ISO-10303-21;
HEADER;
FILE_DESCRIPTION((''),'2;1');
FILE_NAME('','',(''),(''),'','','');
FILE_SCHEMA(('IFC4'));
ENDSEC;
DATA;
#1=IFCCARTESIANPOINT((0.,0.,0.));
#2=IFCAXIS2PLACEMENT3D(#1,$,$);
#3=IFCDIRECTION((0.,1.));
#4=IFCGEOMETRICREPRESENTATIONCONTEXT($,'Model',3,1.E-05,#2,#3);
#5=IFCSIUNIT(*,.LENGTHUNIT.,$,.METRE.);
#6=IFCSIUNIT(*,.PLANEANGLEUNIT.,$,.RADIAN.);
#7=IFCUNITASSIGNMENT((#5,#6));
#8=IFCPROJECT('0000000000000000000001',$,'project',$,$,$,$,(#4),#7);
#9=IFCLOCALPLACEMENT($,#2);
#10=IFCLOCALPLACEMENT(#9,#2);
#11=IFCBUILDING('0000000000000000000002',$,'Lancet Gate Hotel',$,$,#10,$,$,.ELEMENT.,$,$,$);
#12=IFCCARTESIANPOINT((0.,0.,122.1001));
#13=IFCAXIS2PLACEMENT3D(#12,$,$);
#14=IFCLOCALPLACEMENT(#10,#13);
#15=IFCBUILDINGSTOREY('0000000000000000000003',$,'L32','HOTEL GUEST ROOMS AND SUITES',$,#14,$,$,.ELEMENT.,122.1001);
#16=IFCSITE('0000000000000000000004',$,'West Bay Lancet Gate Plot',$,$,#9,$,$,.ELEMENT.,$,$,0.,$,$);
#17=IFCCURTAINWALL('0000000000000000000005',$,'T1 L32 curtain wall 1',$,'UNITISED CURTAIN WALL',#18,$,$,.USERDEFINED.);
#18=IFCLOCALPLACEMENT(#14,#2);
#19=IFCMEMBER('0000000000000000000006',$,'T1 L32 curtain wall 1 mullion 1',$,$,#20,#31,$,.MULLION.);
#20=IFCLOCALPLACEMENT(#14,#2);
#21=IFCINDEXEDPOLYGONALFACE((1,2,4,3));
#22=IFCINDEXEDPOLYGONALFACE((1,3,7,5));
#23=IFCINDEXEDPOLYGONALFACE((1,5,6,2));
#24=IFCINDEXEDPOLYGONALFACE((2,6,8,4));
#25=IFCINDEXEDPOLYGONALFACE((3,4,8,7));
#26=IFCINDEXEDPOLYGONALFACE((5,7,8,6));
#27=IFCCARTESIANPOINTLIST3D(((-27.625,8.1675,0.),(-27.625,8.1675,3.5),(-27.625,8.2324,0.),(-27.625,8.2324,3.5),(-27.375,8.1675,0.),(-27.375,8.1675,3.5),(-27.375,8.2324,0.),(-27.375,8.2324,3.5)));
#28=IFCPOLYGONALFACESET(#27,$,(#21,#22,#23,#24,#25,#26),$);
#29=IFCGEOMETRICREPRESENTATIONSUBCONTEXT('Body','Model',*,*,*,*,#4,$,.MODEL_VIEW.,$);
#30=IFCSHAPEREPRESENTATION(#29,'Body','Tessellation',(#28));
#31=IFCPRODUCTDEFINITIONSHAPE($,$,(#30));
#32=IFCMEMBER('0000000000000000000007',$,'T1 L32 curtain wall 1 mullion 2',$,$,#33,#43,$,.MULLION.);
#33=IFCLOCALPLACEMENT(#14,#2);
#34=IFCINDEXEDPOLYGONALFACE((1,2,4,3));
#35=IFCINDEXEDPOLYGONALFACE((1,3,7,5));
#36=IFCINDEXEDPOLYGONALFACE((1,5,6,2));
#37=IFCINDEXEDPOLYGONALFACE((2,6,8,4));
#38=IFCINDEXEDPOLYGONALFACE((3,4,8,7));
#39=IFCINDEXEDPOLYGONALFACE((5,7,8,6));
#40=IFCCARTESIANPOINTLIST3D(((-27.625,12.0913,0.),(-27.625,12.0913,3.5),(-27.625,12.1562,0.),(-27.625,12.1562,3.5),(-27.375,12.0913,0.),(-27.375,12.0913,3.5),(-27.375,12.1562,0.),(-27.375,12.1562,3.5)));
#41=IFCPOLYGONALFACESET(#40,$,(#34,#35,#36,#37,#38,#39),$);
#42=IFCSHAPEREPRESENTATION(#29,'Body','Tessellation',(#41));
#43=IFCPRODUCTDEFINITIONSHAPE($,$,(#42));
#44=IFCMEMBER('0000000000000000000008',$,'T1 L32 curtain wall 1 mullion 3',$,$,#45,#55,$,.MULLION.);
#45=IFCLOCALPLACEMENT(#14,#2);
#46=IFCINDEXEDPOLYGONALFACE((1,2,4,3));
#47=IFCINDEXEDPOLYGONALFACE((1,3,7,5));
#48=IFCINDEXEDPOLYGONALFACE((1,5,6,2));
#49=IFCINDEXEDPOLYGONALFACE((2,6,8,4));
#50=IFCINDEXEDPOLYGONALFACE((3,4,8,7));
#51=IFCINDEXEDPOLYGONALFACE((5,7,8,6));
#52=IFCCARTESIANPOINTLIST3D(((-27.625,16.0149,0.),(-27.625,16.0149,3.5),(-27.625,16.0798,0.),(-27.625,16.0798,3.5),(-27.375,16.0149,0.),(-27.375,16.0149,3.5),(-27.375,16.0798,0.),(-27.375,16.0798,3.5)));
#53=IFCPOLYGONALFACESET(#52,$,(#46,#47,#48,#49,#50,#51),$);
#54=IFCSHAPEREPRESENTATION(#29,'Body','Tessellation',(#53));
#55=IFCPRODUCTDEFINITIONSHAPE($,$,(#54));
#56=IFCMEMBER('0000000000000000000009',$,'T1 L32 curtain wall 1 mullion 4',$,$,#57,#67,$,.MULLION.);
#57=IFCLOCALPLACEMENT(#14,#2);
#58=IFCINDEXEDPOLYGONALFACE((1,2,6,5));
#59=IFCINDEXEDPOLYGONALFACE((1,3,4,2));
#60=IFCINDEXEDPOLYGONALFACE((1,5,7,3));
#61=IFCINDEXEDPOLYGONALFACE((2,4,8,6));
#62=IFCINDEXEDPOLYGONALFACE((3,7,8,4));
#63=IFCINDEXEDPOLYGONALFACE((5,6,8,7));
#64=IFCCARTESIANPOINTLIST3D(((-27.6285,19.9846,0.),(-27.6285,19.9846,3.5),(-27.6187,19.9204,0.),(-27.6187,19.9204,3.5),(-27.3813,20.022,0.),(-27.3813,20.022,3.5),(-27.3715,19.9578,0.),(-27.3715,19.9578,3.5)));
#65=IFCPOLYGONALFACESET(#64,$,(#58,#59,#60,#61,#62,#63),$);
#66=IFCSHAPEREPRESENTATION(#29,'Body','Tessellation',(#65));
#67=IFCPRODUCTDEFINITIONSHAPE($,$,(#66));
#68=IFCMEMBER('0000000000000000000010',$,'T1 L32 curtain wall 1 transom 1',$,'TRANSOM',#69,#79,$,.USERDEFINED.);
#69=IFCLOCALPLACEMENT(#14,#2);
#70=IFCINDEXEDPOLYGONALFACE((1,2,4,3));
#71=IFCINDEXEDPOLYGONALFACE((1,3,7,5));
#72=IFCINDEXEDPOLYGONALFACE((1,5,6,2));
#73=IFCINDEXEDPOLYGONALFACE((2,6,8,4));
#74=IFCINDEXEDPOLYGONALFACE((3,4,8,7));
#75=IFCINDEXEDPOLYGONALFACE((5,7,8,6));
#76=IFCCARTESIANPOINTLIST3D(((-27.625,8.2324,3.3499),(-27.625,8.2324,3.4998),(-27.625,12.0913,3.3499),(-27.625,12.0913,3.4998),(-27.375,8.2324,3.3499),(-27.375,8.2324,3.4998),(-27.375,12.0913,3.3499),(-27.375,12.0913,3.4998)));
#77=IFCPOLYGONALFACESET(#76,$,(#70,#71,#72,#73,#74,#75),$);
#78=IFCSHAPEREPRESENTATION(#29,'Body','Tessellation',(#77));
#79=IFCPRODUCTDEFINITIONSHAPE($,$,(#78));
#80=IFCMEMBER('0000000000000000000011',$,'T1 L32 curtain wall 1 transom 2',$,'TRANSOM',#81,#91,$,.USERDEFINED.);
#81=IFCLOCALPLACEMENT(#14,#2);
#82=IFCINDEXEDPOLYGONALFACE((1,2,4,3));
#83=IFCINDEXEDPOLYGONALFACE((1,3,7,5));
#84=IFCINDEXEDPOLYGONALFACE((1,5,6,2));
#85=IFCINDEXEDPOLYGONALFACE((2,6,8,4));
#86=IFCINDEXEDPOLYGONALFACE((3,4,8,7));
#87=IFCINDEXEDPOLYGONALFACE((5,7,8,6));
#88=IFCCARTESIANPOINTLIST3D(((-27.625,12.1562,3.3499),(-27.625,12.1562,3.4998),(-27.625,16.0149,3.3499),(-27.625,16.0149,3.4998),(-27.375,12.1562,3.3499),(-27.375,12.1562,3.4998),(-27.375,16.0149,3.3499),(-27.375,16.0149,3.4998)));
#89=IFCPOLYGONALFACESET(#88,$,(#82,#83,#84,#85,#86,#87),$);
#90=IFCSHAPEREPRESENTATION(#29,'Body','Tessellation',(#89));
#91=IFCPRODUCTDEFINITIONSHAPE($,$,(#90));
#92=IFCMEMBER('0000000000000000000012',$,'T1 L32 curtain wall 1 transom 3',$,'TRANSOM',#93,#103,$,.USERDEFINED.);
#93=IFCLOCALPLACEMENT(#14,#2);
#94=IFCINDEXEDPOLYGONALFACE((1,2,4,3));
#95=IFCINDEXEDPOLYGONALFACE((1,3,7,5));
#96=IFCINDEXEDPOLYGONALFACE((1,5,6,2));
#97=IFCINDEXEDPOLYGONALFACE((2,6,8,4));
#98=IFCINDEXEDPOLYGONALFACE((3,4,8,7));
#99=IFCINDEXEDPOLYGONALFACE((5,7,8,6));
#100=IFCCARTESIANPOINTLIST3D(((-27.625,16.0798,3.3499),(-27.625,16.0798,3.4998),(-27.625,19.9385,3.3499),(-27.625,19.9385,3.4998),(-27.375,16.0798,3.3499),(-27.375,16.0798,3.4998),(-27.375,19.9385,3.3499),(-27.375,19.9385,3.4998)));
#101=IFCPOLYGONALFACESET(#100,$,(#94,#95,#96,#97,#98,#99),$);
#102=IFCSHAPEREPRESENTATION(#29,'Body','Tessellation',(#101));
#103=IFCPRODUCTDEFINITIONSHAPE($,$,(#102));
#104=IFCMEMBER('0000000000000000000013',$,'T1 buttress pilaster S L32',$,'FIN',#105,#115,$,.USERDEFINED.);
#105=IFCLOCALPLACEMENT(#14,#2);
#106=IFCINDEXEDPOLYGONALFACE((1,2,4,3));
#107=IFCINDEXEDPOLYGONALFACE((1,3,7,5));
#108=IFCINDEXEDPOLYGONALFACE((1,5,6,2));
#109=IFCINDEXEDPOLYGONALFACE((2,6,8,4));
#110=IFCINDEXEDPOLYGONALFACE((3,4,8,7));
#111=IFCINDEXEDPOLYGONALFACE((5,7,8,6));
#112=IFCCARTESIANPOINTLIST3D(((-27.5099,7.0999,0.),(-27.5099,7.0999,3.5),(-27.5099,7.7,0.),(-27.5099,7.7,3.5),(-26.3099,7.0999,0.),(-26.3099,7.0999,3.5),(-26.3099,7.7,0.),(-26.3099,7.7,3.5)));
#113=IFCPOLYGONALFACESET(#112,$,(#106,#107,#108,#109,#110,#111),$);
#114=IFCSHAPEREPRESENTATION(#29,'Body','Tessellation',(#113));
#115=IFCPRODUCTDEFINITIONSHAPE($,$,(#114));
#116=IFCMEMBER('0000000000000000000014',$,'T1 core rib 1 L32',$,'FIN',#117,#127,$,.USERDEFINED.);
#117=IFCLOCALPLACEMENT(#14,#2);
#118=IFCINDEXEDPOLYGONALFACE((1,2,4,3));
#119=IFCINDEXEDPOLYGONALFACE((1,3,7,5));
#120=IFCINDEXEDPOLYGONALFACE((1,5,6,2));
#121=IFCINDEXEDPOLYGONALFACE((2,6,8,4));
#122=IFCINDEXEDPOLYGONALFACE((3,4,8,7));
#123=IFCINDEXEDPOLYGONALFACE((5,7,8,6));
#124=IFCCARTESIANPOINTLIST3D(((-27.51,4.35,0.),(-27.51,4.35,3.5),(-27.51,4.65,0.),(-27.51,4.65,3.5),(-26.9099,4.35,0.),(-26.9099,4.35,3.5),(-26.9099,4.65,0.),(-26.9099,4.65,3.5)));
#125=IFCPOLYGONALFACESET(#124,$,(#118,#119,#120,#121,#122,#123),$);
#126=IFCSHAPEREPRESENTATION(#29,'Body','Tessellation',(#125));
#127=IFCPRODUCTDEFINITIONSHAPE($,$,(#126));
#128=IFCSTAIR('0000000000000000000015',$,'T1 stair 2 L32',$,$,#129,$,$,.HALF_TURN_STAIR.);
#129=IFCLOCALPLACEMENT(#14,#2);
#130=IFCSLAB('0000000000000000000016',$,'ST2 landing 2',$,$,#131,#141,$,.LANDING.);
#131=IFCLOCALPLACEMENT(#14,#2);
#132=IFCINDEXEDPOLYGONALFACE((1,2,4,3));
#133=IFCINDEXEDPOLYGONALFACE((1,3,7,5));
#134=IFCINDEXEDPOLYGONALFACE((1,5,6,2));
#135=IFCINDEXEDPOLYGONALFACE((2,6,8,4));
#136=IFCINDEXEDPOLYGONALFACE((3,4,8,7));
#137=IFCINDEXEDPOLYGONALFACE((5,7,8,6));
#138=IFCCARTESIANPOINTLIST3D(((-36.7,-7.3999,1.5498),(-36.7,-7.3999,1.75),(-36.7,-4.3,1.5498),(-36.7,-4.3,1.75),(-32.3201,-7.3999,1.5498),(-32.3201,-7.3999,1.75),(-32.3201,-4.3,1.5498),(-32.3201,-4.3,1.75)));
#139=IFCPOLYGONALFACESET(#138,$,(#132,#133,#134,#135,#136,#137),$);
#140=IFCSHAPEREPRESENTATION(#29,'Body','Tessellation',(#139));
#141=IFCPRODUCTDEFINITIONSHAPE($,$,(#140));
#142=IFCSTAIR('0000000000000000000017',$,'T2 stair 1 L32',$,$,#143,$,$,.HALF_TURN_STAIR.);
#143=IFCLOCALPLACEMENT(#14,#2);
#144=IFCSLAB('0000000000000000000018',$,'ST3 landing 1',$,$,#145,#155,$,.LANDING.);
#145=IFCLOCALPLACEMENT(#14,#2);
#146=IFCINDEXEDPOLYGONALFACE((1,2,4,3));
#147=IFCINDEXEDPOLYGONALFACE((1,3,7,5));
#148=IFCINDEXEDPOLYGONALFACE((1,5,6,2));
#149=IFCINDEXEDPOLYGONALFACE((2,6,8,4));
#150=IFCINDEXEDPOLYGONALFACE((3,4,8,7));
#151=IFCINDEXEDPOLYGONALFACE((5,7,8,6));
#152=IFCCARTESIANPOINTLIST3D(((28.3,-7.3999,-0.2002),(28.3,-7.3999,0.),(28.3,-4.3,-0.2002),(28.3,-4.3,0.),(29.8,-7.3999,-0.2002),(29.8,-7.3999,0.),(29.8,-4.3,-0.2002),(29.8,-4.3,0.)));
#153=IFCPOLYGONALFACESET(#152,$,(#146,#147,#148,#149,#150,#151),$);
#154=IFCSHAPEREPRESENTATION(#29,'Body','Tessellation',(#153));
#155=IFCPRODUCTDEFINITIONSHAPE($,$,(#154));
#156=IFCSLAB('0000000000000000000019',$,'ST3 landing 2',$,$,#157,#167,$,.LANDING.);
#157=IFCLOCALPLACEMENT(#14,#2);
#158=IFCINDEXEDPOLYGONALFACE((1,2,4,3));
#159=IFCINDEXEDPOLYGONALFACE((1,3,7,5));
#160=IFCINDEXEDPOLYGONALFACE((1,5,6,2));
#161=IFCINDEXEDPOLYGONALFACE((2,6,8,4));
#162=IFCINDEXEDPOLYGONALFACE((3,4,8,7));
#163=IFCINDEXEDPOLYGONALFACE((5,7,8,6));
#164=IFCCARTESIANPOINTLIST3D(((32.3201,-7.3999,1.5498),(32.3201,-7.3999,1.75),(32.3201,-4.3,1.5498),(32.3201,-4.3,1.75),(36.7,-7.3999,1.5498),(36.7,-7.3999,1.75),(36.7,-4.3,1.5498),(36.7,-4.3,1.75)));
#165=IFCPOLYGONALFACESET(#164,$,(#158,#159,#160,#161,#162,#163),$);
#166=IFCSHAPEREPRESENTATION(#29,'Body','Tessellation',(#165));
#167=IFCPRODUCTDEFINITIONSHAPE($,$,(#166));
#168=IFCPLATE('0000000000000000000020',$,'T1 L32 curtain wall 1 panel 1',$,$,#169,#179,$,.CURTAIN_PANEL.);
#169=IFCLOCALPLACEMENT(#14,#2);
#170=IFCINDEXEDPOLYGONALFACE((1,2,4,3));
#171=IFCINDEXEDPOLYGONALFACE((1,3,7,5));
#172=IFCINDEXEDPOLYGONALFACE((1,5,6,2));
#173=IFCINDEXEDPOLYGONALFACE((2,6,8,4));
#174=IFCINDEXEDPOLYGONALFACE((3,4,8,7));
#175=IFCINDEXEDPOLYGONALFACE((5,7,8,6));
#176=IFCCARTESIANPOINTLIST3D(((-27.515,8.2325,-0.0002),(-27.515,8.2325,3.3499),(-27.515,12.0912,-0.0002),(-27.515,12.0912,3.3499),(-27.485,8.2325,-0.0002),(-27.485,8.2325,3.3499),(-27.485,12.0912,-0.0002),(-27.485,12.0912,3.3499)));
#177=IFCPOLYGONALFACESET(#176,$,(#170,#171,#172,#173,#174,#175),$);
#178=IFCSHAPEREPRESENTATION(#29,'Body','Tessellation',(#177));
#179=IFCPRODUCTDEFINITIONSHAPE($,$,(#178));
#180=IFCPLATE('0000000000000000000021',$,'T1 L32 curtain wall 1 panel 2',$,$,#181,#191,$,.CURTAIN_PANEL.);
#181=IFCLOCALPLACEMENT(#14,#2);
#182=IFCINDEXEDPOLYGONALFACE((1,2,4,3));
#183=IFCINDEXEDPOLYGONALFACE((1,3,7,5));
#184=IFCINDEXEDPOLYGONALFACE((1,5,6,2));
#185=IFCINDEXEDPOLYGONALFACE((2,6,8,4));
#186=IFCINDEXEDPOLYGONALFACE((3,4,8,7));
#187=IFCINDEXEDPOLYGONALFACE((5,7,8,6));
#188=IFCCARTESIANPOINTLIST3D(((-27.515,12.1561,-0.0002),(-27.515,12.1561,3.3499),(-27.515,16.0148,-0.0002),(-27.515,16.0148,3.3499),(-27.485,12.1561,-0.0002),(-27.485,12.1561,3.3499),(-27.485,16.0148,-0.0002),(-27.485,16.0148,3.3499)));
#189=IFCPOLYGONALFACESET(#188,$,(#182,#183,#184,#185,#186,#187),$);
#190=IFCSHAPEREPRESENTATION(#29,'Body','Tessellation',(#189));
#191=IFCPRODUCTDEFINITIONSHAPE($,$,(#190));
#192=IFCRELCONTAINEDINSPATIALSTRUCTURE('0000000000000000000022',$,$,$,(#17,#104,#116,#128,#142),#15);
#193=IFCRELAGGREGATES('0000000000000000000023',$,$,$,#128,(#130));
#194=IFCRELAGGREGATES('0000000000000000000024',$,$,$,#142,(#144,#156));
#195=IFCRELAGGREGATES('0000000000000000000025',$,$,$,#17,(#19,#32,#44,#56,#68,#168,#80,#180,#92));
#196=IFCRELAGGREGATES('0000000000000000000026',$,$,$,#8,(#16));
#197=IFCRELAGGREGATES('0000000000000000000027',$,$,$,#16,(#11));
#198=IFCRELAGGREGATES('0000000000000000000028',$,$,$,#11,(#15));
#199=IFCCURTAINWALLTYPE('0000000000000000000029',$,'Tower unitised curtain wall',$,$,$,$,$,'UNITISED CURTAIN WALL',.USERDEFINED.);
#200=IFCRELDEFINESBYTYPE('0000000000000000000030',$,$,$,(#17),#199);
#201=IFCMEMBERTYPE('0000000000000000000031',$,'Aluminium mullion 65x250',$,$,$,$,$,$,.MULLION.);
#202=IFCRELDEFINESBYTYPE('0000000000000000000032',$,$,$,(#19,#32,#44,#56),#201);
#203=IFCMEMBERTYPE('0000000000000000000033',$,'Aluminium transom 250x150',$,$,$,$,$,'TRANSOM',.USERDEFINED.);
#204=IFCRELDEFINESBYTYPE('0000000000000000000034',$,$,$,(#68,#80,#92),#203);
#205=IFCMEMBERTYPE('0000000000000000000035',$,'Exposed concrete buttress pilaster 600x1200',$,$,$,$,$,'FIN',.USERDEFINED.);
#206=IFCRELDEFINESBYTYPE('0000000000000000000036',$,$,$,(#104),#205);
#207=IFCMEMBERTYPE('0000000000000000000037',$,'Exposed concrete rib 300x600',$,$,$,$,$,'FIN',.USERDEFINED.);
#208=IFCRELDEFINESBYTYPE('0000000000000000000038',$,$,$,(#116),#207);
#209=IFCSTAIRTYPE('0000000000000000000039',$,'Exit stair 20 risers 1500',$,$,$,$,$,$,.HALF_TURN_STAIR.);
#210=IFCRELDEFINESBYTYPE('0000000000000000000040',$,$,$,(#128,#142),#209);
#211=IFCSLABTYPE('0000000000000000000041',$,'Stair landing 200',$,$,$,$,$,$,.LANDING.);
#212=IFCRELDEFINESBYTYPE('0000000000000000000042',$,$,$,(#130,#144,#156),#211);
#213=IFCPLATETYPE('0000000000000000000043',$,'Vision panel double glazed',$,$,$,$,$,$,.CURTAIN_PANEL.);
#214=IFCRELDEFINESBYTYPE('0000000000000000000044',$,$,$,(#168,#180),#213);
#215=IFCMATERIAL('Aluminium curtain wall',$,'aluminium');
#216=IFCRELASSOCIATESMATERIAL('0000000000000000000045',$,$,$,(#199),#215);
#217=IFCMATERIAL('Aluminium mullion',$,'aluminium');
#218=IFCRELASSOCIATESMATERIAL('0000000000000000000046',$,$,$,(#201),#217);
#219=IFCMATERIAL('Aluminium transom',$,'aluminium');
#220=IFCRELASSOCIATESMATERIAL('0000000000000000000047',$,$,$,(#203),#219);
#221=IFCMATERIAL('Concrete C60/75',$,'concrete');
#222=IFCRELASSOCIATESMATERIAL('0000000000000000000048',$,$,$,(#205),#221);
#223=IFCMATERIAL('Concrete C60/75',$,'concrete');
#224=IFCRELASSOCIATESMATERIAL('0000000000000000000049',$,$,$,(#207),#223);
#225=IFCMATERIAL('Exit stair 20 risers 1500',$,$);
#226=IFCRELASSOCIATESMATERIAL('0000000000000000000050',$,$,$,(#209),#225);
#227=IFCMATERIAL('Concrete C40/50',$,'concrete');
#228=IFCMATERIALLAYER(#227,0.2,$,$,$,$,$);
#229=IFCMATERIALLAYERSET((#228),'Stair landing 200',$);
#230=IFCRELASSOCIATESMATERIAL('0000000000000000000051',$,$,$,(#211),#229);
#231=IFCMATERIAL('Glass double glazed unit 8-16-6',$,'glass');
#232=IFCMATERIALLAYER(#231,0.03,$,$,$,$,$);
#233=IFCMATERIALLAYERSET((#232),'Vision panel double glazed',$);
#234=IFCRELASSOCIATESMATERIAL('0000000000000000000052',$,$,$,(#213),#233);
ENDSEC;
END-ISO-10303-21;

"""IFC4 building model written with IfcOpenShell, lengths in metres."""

from ifc_helpers import new_model, si_unit, direction, frame, origin, origin_2d, place, context, subcontext, project, spatial, polyline, rectangle, outline, extrude, material, layer, layer_set, material_profile, profile_set, type_object, element, aggregate, save


model = new_model("IFC4")

# Units and contexts
model_context = context("Model", 3, precision=1e-05, world=origin(), true_north=direction((0.0, 1.0)))
body_context = subcontext(model_context, "Body", "Model", "MODEL_VIEW")
ifc_project = project(units=[si_unit("LENGTHUNIT", "METRE"), si_unit("PLANEANGLEUNIT", "RADIAN")], contexts=[model_context])

# Site, building, storey
site_placement = place(None, origin())
site = spatial("IfcSite", under=ifc_project, at=site_placement, Name="West Bay Lancet Gate Plot", CompositionType="ELEMENT", RefElevation=0.0)
building_placement = place(site_placement, origin())
building = spatial("IfcBuilding", under=site, at=building_placement, Name="Lancet Gate Hotel", CompositionType="ELEMENT")
storey_placement = place(building_placement, frame((0.0, 0.0, 122.1001)))
storey = spatial("IfcBuildingStorey", under=building, at=storey_placement, Name="L32", Description="HOTEL GUEST ROOMS AND SUITES", CompositionType="ELEMENT", Elevation=122.1001)

# Curtain wall, members
ifc_material_1 = material(Name="Aluminium curtain wall", Category="aluminium")
curtain_wall_type = type_object("IfcCurtainWallType", Name="Tower unitised curtain wall", ElementType="UNITISED CURTAIN WALL", PredefinedType="USERDEFINED", material=ifc_material_1)
curtain_wall_placement = place(storey_placement, origin())
curtain_wall = element("IfcCurtainWall", 1, at=curtain_wall_placement, inside=storey, type_object=curtain_wall_type, Name="T1 L32 curtain wall 1", ObjectType="UNITISED CURTAIN WALL", PredefinedType="USERDEFINED")
ifc_material_2 = material(Name="Aluminium mullion", Category="aluminium")
ifc_material_profile_1 = material_profile(ifc_material_2, rectangle(XDim=0.0649, YDim=0.25, at=origin_2d()), Name="MULLION 65x250")
ifc_profile_set_1 = profile_set([ifc_material_profile_1], Name="Aluminium mullion")
member_type_1 = type_object("IfcMemberType", Name="Aluminium mullion 65x250", PredefinedType="MULLION", material=ifc_profile_set_1)
member_1_placement = place(storey_placement, frame((-27.5, 8.2, 0.0), z_axis=(0.0, 0.0, 1.0), x_axis=(0.0, 1.0, 0.0)))
member_1 = element("IfcMember", 2, at=member_1_placement, type_object=member_type_1, Name="T1 L32 curtain wall 1 mullion 1", PredefinedType="MULLION", context=body_context, shape_type="SweptSolid", body=[
    extrude(rectangle(XDim=0.0649, YDim=0.25, at=origin_2d()), origin(), (0.0, 0.0, 1.0), 3.5),
])
member_2_placement = place(storey_placement, frame((-27.5, 12.1238, 0.0), z_axis=(0.0, 0.0, 1.0), x_axis=(0.0, 1.0, 0.0)))
member_2 = element("IfcMember", 3, at=member_2_placement, type_object=member_type_1, Name="T1 L32 curtain wall 1 mullion 2", PredefinedType="MULLION", context=body_context, shape_type="SweptSolid", body=[
    extrude(rectangle(XDim=0.0649, YDim=0.25, at=origin_2d()), origin(), (0.0, 0.0, 1.0), 3.5),
])
member_3_placement = place(storey_placement, frame((-27.5, 16.0474, 0.0), z_axis=(0.0, 0.0, 1.0), x_axis=(0.0, 1.0, 0.0)))
member_3 = element("IfcMember", 4, at=member_3_placement, type_object=member_type_1, Name="T1 L32 curtain wall 1 mullion 3", PredefinedType="MULLION", context=body_context, shape_type="SweptSolid", body=[
    extrude(rectangle(XDim=0.0649, YDim=0.25, at=origin_2d()), origin(), (0.0, 0.0, 1.0), 3.5),
])
member_4_placement = place(storey_placement, frame((-27.5, 19.9712, 0.0), z_axis=(0.0, 0.0, 1.0), x_axis=(-0.149634, 0.988741, 0.0)))
member_4 = element("IfcMember", 5, at=member_4_placement, type_object=member_type_1, Name="T1 L32 curtain wall 1 mullion 4", PredefinedType="MULLION", context=body_context, shape_type="SweptSolid", body=[
    extrude(rectangle(XDim=0.0649, YDim=0.25, at=origin_2d()), origin(), (0.0, 0.0, 1.0), 3.5),
])
ifc_material_3 = material(Name="Aluminium transom", Category="aluminium")
ifc_material_profile_2 = material_profile(ifc_material_3, rectangle(XDim=0.25, YDim=0.1499, at=origin_2d()), Name="TRANSOM 250x150")
ifc_profile_set_2 = profile_set([ifc_material_profile_2], Name="Aluminium transom")
member_type_2 = type_object("IfcMemberType", Name="Aluminium transom 250x150", ElementType="TRANSOM", PredefinedType="USERDEFINED", material=ifc_profile_set_2)
member_5_placement = place(storey_placement, frame((-27.5, 8.2324, 3.4248), z_axis=(0.0, 1.0, 0.0), x_axis=(-1.0, 0.0, 0.0)))
member_5 = element("IfcMember", 6, at=member_5_placement, type_object=member_type_2, Name="T1 L32 curtain wall 1 transom 1", ObjectType="TRANSOM", PredefinedType="USERDEFINED", context=body_context, shape_type="SweptSolid", body=[
    extrude(rectangle(XDim=0.25, YDim=0.1499, at=origin_2d()), origin(), (0.0, 0.0, 1.0), 3.8589),
])
member_6_placement = place(storey_placement, frame((-27.5, 12.1562, 3.4248), z_axis=(0.0, 1.0, 0.0), x_axis=(-1.0, 0.0, 0.0)))
member_6 = element("IfcMember", 7, at=member_6_placement, type_object=member_type_2, Name="T1 L32 curtain wall 1 transom 2", ObjectType="TRANSOM", PredefinedType="USERDEFINED", context=body_context, shape_type="SweptSolid", body=[
    extrude(rectangle(XDim=0.25, YDim=0.1499, at=origin_2d()), origin(), (0.0, 0.0, 1.0), 3.8586),
])
member_7_placement = place(storey_placement, frame((-27.5, 16.0798, 3.4248), z_axis=(0.0, 1.0, 0.0), x_axis=(-1.0, 0.0, 0.0)))
member_7 = element("IfcMember", 8, at=member_7_placement, type_object=member_type_2, Name="T1 L32 curtain wall 1 transom 3", ObjectType="TRANSOM", PredefinedType="USERDEFINED", context=body_context, shape_type="SweptSolid", body=[
    extrude(rectangle(XDim=0.25, YDim=0.1499, at=origin_2d()), origin(), (0.0, 0.0, 1.0), 3.8586),
])

# Members
ifc_material_4 = material(Name="Concrete C60/75", Category="concrete")
ifc_material_profile_3 = material_profile(ifc_material_4, rectangle(XDim=0.6001, YDim=1.2, at=origin_2d()), Name="FIN 600x1200")
ifc_profile_set_3 = profile_set([ifc_material_profile_3], Name="Concrete C60/75")
member_type_3 = type_object("IfcMemberType", Name="Exposed concrete buttress pilaster 600x1200", ElementType="FIN", PredefinedType="USERDEFINED", material=ifc_profile_set_3)
member_8_placement = place(storey_placement, frame((-26.9099, 7.3999, 0.0), z_axis=(0.0, 0.0, 1.0), x_axis=(0.0, 1.0, 0.0)))
element("IfcMember", 9, at=member_8_placement, inside=storey, type_object=member_type_3, Name="T1 buttress pilaster S L32", ObjectType="FIN", PredefinedType="USERDEFINED", context=body_context, shape_type="SweptSolid", body=[
    extrude(rectangle(XDim=0.6001, YDim=1.2, at=origin_2d()), origin(), (0.0, 0.0, 1.0), 3.5),
])
ifc_material_5 = material(Name="Concrete C60/75", Category="concrete")
ifc_material_profile_4 = material_profile(ifc_material_5, rectangle(XDim=0.3, YDim=0.6001, at=origin_2d()), Name="FIN 300x600")
ifc_profile_set_4 = profile_set([ifc_material_profile_4], Name="Concrete C60/75")
member_type_4 = type_object("IfcMemberType", Name="Exposed concrete rib 300x600", ElementType="FIN", PredefinedType="USERDEFINED", material=ifc_profile_set_4)
member_9_placement = place(storey_placement, frame((-27.21, 4.5, 0.0), z_axis=(0.0, 0.0, 1.0), x_axis=(0.0, 1.0, 0.0)))
element("IfcMember", 10, at=member_9_placement, inside=storey, type_object=member_type_4, Name="T1 core rib 1 L32", ObjectType="FIN", PredefinedType="USERDEFINED", context=body_context, shape_type="SweptSolid", body=[
    extrude(rectangle(XDim=0.3, YDim=0.6001, at=origin_2d()), origin(), (0.0, 0.0, 1.0), 3.5),
])

# Stair, slab
ifc_material_6 = material(Name="Exit stair 20 risers 1500")
stair_type = type_object("IfcStairType", Name="Exit stair 20 risers 1500", PredefinedType="HALF_TURN_STAIR", material=ifc_material_6)
stair_1_placement = place(storey_placement, origin())
stair_1 = element("IfcStair", 11, at=stair_1_placement, inside=storey, type_object=stair_type, Name="T1 stair 2 L32", PredefinedType="HALF_TURN_STAIR")
ifc_material_7 = material(Name="Concrete C40/50", Category="concrete")
ifc_layer_1 = layer(ifc_material_7, 0.2)
ifc_layer_set_1 = layer_set([ifc_layer_1], Name="Stair landing 200")
slab_type = type_object("IfcSlabType", Name="Stair landing 200", PredefinedType="LANDING", material=ifc_layer_set_1)
slab_1_placement = place(storey_placement, frame((0.0, 0.0, 1.5498)))
slab_1 = element("IfcSlab", 12, at=slab_1_placement, type_object=slab_type, Name="ST2 landing 2", PredefinedType="LANDING", context=body_context, shape_type="SweptSolid", body=[
    extrude(outline(polyline([(-32.3201, -4.3), (-36.7, -4.3), (-36.7, -7.3999), (-32.3201, -7.3999), (-32.3201, -4.3)])), origin(), (0.0, 0.0, 1.0), 0.2002),
])
aggregate(stair_1, [slab_1])

# Stair, slabs
stair_2_placement = place(storey_placement, origin())
stair_2 = element("IfcStair", 13, at=stair_2_placement, inside=storey, type_object=stair_type, Name="T2 stair 1 L32", PredefinedType="HALF_TURN_STAIR")
slab_2_placement = place(storey_placement, frame((0.0, 0.0, -0.2002)))
slab_2 = element("IfcSlab", 14, at=slab_2_placement, type_object=slab_type, Name="ST3 landing 1", PredefinedType="LANDING", context=body_context, shape_type="SweptSolid", body=[
    extrude(outline(polyline([(28.3, -7.3999), (29.8, -7.3999), (29.8, -4.3), (28.3, -4.3), (28.3, -7.3999)])), origin(), (0.0, 0.0, 1.0), 0.2002),
])
slab_3_placement = place(storey_placement, frame((0.0, 0.0, 1.5498)))
slab_3 = element("IfcSlab", 15, at=slab_3_placement, type_object=slab_type, Name="ST3 landing 2", PredefinedType="LANDING", context=body_context, shape_type="SweptSolid", body=[
    extrude(outline(polyline([(32.3201, -7.3999), (36.7, -7.3999), (36.7, -4.3), (32.3201, -4.3), (32.3201, -7.3999)])), origin(), (0.0, 0.0, 1.0), 0.2002),
])
aggregate(stair_2, [slab_2, slab_3])

# Plates
ifc_material_8 = material(Name="Glass double glazed unit 8-16-6", Category="glass")
ifc_layer_2 = layer(ifc_material_8, 0.03)
ifc_layer_set_2 = layer_set([ifc_layer_2], Name="Vision panel double glazed")
plate_type = type_object("IfcPlateType", Name="Vision panel double glazed", PredefinedType="CURTAIN_PANEL", material=ifc_layer_set_2)
plate_1_placement = place(storey_placement, frame((-27.5, 10.1619, -0.0002), z_axis=(0.0, 0.0, 1.0), x_axis=(0.0, 1.0, 0.0)))
plate_1 = element("IfcPlate", 16, at=plate_1_placement, type_object=plate_type, Name="T1 L32 curtain wall 1 panel 1", PredefinedType="CURTAIN_PANEL", context=body_context, shape_type="SweptSolid", body=[
    extrude(rectangle(XDim=3.8586, YDim=0.03, at=origin_2d()), origin(), (0.0, 0.0, 1.0), 3.3501),
])
plate_2_placement = place(storey_placement, frame((-27.5, 14.0854, -0.0002), z_axis=(0.0, 0.0, 1.0), x_axis=(0.0, 1.0, 0.0)))
plate_2 = element("IfcPlate", 17, at=plate_2_placement, type_object=plate_type, Name="T1 L32 curtain wall 1 panel 2", PredefinedType="CURTAIN_PANEL", context=body_context, shape_type="SweptSolid", body=[
    extrude(rectangle(XDim=3.8586, YDim=0.03, at=origin_2d()), origin(), (0.0, 0.0, 1.0), 3.3501),
])
aggregate(curtain_wall, [member_1, member_2, member_3, member_4, member_5, plate_1, member_6, plate_2, member_7])

save(model, "model.ifc")
